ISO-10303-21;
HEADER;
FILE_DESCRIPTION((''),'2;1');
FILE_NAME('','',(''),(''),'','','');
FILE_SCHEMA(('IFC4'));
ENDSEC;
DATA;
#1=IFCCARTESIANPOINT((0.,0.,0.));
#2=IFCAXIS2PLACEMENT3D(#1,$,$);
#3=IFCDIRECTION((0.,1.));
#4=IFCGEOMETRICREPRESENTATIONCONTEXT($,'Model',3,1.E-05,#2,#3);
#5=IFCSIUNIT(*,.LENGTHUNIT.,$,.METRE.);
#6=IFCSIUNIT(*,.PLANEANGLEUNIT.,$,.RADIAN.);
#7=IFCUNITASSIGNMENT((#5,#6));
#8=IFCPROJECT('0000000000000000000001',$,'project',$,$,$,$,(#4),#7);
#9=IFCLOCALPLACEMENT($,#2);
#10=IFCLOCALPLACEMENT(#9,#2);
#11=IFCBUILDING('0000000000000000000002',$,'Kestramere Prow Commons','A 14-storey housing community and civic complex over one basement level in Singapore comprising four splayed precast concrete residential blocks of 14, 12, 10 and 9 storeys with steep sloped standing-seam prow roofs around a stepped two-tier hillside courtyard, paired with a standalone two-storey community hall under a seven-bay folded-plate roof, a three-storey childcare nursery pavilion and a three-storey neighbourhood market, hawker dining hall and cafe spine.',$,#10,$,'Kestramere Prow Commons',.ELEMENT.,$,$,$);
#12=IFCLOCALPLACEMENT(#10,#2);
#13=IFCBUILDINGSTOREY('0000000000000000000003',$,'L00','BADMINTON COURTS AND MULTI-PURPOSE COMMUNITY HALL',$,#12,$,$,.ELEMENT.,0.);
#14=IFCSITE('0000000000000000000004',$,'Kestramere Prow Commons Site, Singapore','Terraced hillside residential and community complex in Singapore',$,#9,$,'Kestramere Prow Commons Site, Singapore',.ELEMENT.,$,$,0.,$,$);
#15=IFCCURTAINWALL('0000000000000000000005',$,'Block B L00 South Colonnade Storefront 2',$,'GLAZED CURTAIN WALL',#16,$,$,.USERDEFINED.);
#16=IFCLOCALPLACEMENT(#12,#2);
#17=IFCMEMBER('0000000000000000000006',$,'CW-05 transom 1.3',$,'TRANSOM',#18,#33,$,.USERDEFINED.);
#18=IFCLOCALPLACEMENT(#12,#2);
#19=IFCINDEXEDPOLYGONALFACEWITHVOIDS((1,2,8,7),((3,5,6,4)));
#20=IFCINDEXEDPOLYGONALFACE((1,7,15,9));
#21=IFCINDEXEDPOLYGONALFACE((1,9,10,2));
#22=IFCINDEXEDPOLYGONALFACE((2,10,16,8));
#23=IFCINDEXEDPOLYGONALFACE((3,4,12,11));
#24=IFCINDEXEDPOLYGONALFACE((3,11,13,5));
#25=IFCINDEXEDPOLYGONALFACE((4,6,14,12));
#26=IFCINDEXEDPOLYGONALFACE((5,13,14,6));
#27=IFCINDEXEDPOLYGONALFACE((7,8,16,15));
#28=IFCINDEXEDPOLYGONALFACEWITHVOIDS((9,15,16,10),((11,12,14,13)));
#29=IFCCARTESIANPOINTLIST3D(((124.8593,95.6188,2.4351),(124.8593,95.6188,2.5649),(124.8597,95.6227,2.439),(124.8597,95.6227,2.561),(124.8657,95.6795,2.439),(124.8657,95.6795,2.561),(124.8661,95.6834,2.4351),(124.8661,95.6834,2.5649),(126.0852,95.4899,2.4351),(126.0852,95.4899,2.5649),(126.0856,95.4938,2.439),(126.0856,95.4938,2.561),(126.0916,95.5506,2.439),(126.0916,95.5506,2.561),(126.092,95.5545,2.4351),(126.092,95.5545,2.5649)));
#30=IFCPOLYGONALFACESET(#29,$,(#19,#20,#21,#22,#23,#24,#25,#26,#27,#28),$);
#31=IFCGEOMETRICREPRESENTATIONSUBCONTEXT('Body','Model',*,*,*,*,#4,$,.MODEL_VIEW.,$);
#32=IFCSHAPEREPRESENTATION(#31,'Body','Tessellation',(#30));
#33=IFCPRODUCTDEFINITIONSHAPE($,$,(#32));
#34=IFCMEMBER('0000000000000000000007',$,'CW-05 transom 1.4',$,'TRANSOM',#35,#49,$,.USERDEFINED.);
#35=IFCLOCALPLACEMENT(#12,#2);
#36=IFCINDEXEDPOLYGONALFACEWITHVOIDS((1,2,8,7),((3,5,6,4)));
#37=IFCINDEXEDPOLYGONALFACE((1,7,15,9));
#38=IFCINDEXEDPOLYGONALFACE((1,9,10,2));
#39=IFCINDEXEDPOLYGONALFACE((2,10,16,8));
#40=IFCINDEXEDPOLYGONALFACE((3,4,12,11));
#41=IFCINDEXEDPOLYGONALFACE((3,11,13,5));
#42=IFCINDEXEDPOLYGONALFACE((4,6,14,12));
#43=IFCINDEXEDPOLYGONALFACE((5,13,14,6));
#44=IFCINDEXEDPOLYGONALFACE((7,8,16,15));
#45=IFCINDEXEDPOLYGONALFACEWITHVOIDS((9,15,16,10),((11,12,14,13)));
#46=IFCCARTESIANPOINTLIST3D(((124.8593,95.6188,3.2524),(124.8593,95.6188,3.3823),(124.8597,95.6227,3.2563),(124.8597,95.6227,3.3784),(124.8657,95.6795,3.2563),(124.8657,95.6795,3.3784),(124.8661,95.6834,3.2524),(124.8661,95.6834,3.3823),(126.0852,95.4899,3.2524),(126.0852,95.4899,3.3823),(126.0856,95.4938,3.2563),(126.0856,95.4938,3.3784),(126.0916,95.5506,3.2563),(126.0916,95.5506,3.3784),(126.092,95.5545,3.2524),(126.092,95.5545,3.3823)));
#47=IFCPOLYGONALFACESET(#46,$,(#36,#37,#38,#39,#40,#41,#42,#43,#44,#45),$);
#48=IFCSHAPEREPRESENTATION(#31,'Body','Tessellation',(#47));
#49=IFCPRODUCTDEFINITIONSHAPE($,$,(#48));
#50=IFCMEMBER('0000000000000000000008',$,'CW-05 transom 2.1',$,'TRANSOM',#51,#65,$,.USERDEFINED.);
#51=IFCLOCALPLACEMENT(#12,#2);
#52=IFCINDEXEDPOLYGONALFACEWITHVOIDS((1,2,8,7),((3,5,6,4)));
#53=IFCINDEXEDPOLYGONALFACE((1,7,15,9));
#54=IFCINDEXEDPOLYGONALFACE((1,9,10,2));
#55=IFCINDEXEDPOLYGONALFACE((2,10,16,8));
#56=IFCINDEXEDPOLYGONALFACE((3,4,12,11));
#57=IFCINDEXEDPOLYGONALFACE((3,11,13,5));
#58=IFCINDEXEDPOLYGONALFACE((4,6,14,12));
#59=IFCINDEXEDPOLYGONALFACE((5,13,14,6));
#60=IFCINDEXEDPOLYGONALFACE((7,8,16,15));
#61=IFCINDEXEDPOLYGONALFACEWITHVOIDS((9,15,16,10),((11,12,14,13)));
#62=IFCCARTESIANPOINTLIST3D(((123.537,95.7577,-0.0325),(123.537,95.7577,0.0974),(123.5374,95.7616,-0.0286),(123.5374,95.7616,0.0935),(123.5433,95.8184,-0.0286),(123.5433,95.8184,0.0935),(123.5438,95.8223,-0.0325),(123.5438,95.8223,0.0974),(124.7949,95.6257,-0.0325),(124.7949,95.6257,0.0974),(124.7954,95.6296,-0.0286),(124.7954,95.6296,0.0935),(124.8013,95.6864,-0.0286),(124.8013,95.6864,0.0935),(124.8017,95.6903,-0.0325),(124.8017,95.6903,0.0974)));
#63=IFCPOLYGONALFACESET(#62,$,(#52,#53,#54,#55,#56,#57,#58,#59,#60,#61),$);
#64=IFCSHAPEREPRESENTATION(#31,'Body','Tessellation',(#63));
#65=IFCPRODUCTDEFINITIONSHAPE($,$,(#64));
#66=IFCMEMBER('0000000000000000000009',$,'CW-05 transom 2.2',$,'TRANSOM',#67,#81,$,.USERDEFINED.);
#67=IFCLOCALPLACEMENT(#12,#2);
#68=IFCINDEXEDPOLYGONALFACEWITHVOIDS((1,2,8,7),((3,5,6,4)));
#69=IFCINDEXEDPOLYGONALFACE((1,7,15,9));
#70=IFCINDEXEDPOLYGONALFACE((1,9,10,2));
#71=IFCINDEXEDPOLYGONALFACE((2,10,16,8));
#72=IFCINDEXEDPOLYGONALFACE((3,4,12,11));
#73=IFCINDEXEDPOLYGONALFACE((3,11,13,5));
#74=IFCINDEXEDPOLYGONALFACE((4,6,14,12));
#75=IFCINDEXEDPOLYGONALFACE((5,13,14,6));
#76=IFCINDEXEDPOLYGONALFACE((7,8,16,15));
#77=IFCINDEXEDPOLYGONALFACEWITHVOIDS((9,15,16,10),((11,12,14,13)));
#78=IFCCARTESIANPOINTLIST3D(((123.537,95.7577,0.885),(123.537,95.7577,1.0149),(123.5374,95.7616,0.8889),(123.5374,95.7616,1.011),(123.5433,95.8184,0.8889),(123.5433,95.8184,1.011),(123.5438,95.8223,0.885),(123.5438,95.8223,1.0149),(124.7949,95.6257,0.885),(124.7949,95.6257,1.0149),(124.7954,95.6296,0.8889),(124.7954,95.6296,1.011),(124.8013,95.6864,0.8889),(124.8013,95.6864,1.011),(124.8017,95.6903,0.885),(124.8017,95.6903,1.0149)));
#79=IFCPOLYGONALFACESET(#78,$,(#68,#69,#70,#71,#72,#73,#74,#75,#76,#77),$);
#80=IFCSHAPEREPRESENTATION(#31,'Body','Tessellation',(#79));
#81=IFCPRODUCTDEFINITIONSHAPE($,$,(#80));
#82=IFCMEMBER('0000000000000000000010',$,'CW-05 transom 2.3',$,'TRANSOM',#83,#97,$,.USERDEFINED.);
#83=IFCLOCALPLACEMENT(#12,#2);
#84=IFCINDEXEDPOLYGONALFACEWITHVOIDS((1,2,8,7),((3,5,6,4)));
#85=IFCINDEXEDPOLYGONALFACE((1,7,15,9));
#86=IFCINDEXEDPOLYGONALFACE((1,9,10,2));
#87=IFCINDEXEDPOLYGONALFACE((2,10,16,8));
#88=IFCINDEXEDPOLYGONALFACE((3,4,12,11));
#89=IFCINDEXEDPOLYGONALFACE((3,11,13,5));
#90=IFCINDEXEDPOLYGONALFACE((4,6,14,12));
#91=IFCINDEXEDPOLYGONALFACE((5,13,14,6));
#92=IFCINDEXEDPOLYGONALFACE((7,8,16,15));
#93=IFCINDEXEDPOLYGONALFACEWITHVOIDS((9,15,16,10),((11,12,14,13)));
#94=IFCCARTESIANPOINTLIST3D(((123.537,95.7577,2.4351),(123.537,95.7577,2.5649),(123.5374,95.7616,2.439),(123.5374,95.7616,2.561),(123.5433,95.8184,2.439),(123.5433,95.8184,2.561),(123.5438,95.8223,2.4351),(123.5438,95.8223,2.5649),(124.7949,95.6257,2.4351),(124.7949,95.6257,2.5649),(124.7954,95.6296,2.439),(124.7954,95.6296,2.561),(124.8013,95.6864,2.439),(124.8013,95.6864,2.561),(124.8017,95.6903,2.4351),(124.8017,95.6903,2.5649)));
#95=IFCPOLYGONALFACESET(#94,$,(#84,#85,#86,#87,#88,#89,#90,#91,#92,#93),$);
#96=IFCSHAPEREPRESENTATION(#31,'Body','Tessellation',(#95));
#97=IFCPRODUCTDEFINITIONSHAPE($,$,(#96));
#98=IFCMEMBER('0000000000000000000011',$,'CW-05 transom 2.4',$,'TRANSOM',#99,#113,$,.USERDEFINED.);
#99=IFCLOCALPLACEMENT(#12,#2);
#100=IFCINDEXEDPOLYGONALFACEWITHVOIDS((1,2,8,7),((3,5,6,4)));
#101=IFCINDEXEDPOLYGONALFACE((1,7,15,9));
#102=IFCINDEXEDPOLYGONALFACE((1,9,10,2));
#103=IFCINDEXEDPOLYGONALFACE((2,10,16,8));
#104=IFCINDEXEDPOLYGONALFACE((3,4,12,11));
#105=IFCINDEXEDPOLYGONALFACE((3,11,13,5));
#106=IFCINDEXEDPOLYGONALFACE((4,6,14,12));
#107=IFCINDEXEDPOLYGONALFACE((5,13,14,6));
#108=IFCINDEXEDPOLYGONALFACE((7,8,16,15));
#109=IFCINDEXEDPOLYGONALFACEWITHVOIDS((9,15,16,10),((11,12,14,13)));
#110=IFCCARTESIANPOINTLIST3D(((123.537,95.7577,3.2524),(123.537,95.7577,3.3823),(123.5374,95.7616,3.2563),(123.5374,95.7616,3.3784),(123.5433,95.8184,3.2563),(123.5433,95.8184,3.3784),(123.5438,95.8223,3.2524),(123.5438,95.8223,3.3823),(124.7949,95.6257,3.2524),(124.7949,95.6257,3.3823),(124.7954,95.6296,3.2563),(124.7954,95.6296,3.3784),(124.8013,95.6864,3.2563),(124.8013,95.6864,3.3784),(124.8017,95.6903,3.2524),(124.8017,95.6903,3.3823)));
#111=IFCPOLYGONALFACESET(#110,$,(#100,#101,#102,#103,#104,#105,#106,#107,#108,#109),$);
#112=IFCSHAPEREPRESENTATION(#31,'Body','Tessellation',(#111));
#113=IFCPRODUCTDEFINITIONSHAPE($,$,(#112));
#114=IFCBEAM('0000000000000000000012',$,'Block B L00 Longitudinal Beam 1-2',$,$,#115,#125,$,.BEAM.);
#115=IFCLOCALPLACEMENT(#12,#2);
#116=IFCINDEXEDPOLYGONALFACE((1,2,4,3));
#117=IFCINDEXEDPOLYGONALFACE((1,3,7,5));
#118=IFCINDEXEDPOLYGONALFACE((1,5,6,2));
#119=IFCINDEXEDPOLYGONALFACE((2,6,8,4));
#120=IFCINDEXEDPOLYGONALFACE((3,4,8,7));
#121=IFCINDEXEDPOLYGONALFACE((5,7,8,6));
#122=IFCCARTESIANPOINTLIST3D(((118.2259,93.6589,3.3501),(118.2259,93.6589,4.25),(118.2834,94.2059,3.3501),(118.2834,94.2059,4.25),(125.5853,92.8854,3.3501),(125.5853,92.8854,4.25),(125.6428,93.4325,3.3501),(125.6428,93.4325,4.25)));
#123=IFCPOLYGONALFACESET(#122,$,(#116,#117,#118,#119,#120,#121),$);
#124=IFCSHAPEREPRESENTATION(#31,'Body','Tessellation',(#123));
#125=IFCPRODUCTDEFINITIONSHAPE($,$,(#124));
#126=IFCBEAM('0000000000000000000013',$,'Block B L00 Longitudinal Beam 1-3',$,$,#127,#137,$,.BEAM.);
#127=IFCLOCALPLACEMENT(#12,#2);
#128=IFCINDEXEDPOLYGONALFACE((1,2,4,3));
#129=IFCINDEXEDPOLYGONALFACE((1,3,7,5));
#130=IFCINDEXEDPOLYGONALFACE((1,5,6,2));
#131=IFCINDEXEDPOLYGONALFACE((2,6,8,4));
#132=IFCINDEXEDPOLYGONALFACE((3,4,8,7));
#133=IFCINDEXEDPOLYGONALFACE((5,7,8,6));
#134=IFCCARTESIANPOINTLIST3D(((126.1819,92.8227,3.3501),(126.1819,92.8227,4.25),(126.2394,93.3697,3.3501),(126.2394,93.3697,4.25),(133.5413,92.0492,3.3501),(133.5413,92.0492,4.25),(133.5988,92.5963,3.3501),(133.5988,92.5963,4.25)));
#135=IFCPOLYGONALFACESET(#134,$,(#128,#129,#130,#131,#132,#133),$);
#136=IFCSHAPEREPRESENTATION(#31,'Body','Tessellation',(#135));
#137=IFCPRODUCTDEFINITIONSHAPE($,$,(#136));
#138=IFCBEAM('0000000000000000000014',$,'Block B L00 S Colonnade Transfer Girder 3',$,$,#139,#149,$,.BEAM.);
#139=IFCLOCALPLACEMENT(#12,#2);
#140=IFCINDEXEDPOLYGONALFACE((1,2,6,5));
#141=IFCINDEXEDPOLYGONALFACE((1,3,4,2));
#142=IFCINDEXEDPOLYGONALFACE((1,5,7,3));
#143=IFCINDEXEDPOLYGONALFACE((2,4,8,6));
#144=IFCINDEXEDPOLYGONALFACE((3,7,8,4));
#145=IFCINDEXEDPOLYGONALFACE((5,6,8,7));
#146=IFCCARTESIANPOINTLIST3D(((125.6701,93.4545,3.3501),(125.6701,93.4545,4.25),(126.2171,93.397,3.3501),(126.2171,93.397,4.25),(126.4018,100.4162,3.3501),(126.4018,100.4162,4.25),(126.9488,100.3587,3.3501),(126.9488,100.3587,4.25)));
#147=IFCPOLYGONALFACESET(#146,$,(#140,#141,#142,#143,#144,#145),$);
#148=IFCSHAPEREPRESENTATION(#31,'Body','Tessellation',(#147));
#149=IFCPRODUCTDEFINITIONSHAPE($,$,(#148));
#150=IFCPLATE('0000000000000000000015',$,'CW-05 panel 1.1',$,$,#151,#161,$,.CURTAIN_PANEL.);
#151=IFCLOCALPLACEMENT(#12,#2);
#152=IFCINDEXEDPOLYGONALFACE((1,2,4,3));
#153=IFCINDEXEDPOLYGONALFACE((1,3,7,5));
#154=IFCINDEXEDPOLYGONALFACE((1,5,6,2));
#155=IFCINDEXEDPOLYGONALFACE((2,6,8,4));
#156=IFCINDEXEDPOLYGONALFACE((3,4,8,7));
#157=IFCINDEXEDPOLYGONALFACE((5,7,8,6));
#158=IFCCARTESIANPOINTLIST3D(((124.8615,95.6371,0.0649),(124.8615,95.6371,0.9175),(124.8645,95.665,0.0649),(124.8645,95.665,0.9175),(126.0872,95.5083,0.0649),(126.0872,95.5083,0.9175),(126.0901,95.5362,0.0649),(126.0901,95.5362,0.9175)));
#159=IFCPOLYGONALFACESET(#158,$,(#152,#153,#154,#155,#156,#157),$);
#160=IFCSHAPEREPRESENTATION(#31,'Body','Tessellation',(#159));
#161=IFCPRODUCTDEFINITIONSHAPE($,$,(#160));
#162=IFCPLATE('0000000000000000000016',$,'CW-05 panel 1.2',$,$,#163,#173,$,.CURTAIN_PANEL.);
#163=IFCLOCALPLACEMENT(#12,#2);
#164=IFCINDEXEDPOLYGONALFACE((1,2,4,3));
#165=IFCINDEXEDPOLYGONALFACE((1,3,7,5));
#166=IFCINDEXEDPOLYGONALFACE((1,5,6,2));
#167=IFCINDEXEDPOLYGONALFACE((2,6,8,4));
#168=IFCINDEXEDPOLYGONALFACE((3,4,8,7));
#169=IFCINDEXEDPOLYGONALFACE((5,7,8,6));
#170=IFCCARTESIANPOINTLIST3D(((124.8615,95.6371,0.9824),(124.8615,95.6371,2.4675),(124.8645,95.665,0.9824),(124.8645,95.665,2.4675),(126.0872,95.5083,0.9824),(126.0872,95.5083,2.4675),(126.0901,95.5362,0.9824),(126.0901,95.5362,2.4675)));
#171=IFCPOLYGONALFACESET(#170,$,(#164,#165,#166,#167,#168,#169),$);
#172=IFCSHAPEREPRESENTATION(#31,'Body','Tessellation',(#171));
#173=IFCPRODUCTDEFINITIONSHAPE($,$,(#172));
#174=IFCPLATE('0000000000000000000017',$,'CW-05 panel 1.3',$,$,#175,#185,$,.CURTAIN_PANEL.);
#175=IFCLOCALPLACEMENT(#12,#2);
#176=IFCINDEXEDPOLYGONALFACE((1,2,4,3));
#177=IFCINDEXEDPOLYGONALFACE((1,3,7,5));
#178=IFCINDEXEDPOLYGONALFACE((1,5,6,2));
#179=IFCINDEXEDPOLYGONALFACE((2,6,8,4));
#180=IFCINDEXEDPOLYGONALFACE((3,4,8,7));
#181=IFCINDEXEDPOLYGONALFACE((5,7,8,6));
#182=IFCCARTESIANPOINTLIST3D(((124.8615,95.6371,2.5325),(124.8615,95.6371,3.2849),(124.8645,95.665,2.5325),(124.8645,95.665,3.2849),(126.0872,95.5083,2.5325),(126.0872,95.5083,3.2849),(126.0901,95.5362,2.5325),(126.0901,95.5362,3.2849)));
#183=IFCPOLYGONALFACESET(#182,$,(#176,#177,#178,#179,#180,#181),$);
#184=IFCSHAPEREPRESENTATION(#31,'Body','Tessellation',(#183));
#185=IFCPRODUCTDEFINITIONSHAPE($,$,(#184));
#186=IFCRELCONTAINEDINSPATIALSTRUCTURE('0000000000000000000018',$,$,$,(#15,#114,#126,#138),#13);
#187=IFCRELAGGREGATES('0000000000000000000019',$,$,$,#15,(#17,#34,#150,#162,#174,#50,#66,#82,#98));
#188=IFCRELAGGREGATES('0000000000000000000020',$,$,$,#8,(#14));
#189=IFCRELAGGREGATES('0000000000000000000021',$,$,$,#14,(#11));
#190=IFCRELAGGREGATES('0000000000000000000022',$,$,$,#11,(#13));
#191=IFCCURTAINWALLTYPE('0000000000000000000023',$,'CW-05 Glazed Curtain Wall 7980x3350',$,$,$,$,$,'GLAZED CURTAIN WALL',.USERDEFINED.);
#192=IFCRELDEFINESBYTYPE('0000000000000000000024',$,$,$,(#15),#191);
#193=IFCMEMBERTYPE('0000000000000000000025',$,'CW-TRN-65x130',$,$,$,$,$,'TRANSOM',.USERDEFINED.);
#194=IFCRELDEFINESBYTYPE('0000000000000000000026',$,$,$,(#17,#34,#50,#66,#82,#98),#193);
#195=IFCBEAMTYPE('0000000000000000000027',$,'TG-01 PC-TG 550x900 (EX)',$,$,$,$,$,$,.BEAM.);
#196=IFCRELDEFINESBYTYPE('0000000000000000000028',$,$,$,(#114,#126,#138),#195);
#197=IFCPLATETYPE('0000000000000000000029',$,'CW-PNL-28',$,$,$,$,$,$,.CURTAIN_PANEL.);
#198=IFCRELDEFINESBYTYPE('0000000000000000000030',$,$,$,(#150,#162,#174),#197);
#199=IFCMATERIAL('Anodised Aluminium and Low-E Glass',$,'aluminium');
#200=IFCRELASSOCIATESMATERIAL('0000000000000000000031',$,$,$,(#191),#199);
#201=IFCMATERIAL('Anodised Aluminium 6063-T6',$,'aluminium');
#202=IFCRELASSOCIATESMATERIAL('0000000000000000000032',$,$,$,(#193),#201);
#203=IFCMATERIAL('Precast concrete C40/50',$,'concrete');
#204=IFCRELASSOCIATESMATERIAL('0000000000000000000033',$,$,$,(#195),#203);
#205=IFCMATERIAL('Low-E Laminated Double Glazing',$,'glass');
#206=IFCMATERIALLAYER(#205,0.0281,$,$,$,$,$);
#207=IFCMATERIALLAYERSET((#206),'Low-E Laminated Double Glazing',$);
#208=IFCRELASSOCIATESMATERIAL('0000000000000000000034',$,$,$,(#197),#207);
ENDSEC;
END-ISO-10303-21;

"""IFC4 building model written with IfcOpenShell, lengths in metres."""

from ifc_helpers import new_model, si_unit, direction, frame, origin, origin_2d, place, context, subcontext, project, spatial, rectangle, hollow_rectangle, extrude, material, layer, layer_set, material_profile, profile_set, type_object, element, aggregate, save


model = new_model("IFC4")

# Units and contexts
model_context = context("Model", 3, precision=1e-05, world=origin(), true_north=direction((0.0, 1.0)))
body_context = subcontext(model_context, "Body", "Model", "MODEL_VIEW")
ifc_project = project(units=[si_unit("LENGTHUNIT", "METRE"), si_unit("PLANEANGLEUNIT", "RADIAN")], contexts=[model_context])

# Site, building, storey
site_placement = place(None, origin())
site = spatial("IfcSite", under=ifc_project, at=site_placement, Name="Kestramere Prow Commons Site, Singapore", Description="Terraced hillside residential and community complex in Singapore", LongName="Kestramere Prow Commons Site, Singapore", CompositionType="ELEMENT", RefElevation=0.0)
building_placement = place(site_placement, origin())
building = spatial("IfcBuilding", under=site, at=building_placement, Name="Kestramere Prow Commons", Description="A 14-storey housing community and civic complex over one basement level in Singapore comprising four splayed precast concrete residential blocks of 14, 12, 10 and 9 storeys with steep sloped standing-seam prow roofs around a stepped two-tier hillside courtyard, paired with a standalone two-storey community hall under a seven-bay folded-plate roof, a three-storey childcare nursery pavilion and a three-storey neighbourhood market, hawker dining hall and cafe spine.", LongName="Kestramere Prow Commons", CompositionType="ELEMENT")
storey_placement = place(building_placement, origin())
storey = spatial("IfcBuildingStorey", under=building, at=storey_placement, Name="L00", Description="BADMINTON COURTS AND MULTI-PURPOSE COMMUNITY HALL", CompositionType="ELEMENT", Elevation=0.0)

# Shared definitions
ifc_material_1 = material(Name="Precast concrete C40/50", Category="concrete")

# Curtain wall, members
ifc_material_2 = material(Name="Anodised Aluminium and Low-E Glass", Category="aluminium")
curtain_wall_type = type_object("IfcCurtainWallType", Name="CW-05 Glazed Curtain Wall 7980x3350", ElementType="GLAZED CURTAIN WALL", PredefinedType="USERDEFINED", material=ifc_material_2)
curtain_wall_placement = place(storey_placement, origin())
curtain_wall = element("IfcCurtainWall", 1, at=curtain_wall_placement, inside=storey, type_object=curtain_wall_type, Name="Block B L00 South Colonnade Storefront 2", ObjectType="GLAZED CURTAIN WALL", PredefinedType="USERDEFINED")
ifc_material_3 = material(Name="Anodised Aluminium 6063-T6", Category="aluminium")
ifc_material_profile_1 = material_profile(ifc_material_3, hollow_rectangle(XDim=0.0649, YDim=0.1299, WallThickness=0.0039, at=origin_2d()), Name="ALU-TRN 65x130")
ifc_profile_set_1 = profile_set([ifc_material_profile_1], Name="Anodised Aluminium 6063-T6")
member_type_1 = type_object("IfcMemberType", Name="CW-TRN-65x130", ElementType="TRANSOM", PredefinedType="USERDEFINED", material=ifc_profile_set_1)
member_1_placement = place(storey_placement, frame((126.0886, 95.5222, 2.5), z_axis=(-0.994516, 0.104582, 0.0), x_axis=(-0.104582, -0.994516, 0.0)))
member_1 = element("IfcMember", 2, at=member_1_placement, type_object=member_type_1, Name="CW-05 transom 1.3", ObjectType="TRANSOM", PredefinedType="USERDEFINED", context=body_context, shape_type="SweptSolid", body=[
    extrude(hollow_rectangle(XDim=0.0649, YDim=0.1299, WallThickness=0.0039, at=origin_2d()), origin(), (0.0, 0.0, 1.0), 1.2327),
])
member_2_placement = place(storey_placement, frame((126.0886, 95.5222, 3.3174), z_axis=(-0.994516, 0.104582, 0.0), x_axis=(-0.104582, -0.994516, 0.0)))
member_2 = element("IfcMember", 3, at=member_2_placement, type_object=member_type_1, Name="CW-05 transom 1.4", ObjectType="TRANSOM", PredefinedType="USERDEFINED", context=body_context, shape_type="SweptSolid", body=[
    extrude(hollow_rectangle(XDim=0.0649, YDim=0.1299, WallThickness=0.0039, at=origin_2d()), origin(), (0.0, 0.0, 1.0), 1.2327),
])
member_3_placement = place(storey_placement, frame((124.7983, 95.658, 0.0325), z_axis=(-0.994534, 0.104414, 0.0), x_axis=(-0.104414, -0.994534, 0.0)))
member_3 = element("IfcMember", 4, at=member_3_placement, type_object=member_type_1, Name="CW-05 transom 2.1", ObjectType="TRANSOM", PredefinedType="USERDEFINED", context=body_context, shape_type="SweptSolid", body=[
    extrude(hollow_rectangle(XDim=0.0649, YDim=0.1299, WallThickness=0.0039, at=origin_2d()), origin(), (0.0, 0.0, 1.0), 1.2649),
])
member_4_placement = place(storey_placement, frame((124.7983, 95.658, 0.95), z_axis=(-0.994534, 0.104414, 0.0), x_axis=(-0.104414, -0.994534, 0.0)))
member_4 = element("IfcMember", 5, at=member_4_placement, type_object=member_type_1, Name="CW-05 transom 2.2", ObjectType="TRANSOM", PredefinedType="USERDEFINED", context=body_context, shape_type="SweptSolid", body=[
    extrude(hollow_rectangle(XDim=0.0649, YDim=0.1299, WallThickness=0.0039, at=origin_2d()), origin(), (0.0, 0.0, 1.0), 1.2649),
])
member_5_placement = place(storey_placement, frame((124.7983, 95.658, 2.5), z_axis=(-0.994534, 0.104414, 0.0), x_axis=(-0.104414, -0.994534, 0.0)))
member_5 = element("IfcMember", 6, at=member_5_placement, type_object=member_type_1, Name="CW-05 transom 2.3", ObjectType="TRANSOM", PredefinedType="USERDEFINED", context=body_context, shape_type="SweptSolid", body=[
    extrude(hollow_rectangle(XDim=0.0649, YDim=0.1299, WallThickness=0.0039, at=origin_2d()), origin(), (0.0, 0.0, 1.0), 1.2649),
])
member_6_placement = place(storey_placement, frame((124.7983, 95.658, 3.3174), z_axis=(-0.994534, 0.104414, 0.0), x_axis=(-0.104414, -0.994534, 0.0)))
member_6 = element("IfcMember", 7, at=member_6_placement, type_object=member_type_1, Name="CW-05 transom 2.4", ObjectType="TRANSOM", PredefinedType="USERDEFINED", context=body_context, shape_type="SweptSolid", body=[
    extrude(hollow_rectangle(XDim=0.0649, YDim=0.1299, WallThickness=0.0039, at=origin_2d()), origin(), (0.0, 0.0, 1.0), 1.2649),
])

# Beams
ifc_material_profile_2 = material_profile(ifc_material_1, rectangle(XDim=0.55, YDim=0.8999, at=origin_2d()), Name="PC-TG 550x900")
ifc_profile_set_2 = profile_set([ifc_material_profile_2], Name="Precast concrete C40/50")
beam_type = type_object("IfcBeamType", Name="TG-01 PC-TG 550x900 (EX)", PredefinedType="BEAM", material=ifc_profile_set_2)
for number, where, z_axis, x_axis, name in (
    (8, (118.2546, 93.9324, 3.8), (0.994523, -0.10452, 0.0), (0.10452, 0.994523, 0.0), "Block B L00 Longitudinal Beam 1-2"),
    (9, (126.2107, 93.0962, 3.8), (0.994523, -0.10452, 0.0), (0.10452, 0.994523, 0.0), "Block B L00 Longitudinal Beam 1-3"),
):
    element("IfcBeam", number, at=place(storey_placement, frame(where, z_axis=z_axis, x_axis=x_axis)), inside=storey, type_object=beam_type, Name=name, PredefinedType="BEAM", context=body_context, shape_type="SweptSolid", body=[
        extrude(rectangle(XDim=0.55, YDim=0.8999, at=origin_2d()), origin(), (0.0, 0.0, 1.0), 7.3999),
    ])
beam_placement = place(storey_placement, frame((125.9436, 93.4258, 3.8), z_axis=(0.104527, 0.994522, 0.0), x_axis=(-0.994522, 0.104527, 0.0)))
element("IfcBeam", 10, at=beam_placement, inside=storey, type_object=beam_type, Name="Block B L00 S Colonnade Transfer Girder 3", PredefinedType="BEAM", context=body_context, shape_type="SweptSolid", body=[
    extrude(rectangle(XDim=0.55, YDim=0.8999, at=origin_2d()), origin(), (0.0, 0.0, 1.0), 7.0),
])

# Plates
ifc_material_4 = material(Name="Low-E Laminated Double Glazing", Category="glass")
ifc_layer_1 = layer(ifc_material_4, 0.0281)
ifc_layer_set_1 = layer_set([ifc_layer_1], Name="Low-E Laminated Double Glazing")
plate_type = type_object("IfcPlateType", Name="CW-PNL-28", PredefinedType="CURTAIN_PANEL", material=ifc_layer_set_1)
plate_1_placement = place(storey_placement, frame((125.4758, 95.5867, 0.0649), z_axis=(0.0, 0.0, 1.0), x_axis=(-0.994522, 0.104529, 0.0)))
plate_1 = element("IfcPlate", 11, at=plate_1_placement, type_object=plate_type, Name="CW-05 panel 1.1", PredefinedType="CURTAIN_PANEL", context=body_context, shape_type="SweptSolid", body=[
    extrude(rectangle(XDim=1.2324, YDim=0.0281, at=origin_2d()), origin(), (0.0, 0.0, 1.0), 0.8525),
])
plate_2_placement = place(storey_placement, frame((125.4758, 95.5867, 0.9824), z_axis=(0.0, 0.0, 1.0), x_axis=(-0.994522, 0.104529, 0.0)))
plate_2 = element("IfcPlate", 12, at=plate_2_placement, type_object=plate_type, Name="CW-05 panel 1.2", PredefinedType="CURTAIN_PANEL", context=body_context, shape_type="SweptSolid", body=[
    extrude(rectangle(XDim=1.2324, YDim=0.0281, at=origin_2d()), origin(), (0.0, 0.0, 1.0), 1.4851),
])
plate_3_placement = place(storey_placement, frame((125.4758, 95.5867, 2.5325), z_axis=(0.0, 0.0, 1.0), x_axis=(-0.994522, 0.104529, 0.0)))
plate_3 = element("IfcPlate", 13, at=plate_3_placement, type_object=plate_type, Name="CW-05 panel 1.3", PredefinedType="CURTAIN_PANEL", context=body_context, shape_type="SweptSolid", body=[
    extrude(rectangle(XDim=1.2324, YDim=0.0281, at=origin_2d()), origin(), (0.0, 0.0, 1.0), 0.7524),
])
aggregate(curtain_wall, [member_1, member_2, plate_1, plate_2, plate_3, member_3, member_4, member_5, member_6])

save(model, "model.ifc")
